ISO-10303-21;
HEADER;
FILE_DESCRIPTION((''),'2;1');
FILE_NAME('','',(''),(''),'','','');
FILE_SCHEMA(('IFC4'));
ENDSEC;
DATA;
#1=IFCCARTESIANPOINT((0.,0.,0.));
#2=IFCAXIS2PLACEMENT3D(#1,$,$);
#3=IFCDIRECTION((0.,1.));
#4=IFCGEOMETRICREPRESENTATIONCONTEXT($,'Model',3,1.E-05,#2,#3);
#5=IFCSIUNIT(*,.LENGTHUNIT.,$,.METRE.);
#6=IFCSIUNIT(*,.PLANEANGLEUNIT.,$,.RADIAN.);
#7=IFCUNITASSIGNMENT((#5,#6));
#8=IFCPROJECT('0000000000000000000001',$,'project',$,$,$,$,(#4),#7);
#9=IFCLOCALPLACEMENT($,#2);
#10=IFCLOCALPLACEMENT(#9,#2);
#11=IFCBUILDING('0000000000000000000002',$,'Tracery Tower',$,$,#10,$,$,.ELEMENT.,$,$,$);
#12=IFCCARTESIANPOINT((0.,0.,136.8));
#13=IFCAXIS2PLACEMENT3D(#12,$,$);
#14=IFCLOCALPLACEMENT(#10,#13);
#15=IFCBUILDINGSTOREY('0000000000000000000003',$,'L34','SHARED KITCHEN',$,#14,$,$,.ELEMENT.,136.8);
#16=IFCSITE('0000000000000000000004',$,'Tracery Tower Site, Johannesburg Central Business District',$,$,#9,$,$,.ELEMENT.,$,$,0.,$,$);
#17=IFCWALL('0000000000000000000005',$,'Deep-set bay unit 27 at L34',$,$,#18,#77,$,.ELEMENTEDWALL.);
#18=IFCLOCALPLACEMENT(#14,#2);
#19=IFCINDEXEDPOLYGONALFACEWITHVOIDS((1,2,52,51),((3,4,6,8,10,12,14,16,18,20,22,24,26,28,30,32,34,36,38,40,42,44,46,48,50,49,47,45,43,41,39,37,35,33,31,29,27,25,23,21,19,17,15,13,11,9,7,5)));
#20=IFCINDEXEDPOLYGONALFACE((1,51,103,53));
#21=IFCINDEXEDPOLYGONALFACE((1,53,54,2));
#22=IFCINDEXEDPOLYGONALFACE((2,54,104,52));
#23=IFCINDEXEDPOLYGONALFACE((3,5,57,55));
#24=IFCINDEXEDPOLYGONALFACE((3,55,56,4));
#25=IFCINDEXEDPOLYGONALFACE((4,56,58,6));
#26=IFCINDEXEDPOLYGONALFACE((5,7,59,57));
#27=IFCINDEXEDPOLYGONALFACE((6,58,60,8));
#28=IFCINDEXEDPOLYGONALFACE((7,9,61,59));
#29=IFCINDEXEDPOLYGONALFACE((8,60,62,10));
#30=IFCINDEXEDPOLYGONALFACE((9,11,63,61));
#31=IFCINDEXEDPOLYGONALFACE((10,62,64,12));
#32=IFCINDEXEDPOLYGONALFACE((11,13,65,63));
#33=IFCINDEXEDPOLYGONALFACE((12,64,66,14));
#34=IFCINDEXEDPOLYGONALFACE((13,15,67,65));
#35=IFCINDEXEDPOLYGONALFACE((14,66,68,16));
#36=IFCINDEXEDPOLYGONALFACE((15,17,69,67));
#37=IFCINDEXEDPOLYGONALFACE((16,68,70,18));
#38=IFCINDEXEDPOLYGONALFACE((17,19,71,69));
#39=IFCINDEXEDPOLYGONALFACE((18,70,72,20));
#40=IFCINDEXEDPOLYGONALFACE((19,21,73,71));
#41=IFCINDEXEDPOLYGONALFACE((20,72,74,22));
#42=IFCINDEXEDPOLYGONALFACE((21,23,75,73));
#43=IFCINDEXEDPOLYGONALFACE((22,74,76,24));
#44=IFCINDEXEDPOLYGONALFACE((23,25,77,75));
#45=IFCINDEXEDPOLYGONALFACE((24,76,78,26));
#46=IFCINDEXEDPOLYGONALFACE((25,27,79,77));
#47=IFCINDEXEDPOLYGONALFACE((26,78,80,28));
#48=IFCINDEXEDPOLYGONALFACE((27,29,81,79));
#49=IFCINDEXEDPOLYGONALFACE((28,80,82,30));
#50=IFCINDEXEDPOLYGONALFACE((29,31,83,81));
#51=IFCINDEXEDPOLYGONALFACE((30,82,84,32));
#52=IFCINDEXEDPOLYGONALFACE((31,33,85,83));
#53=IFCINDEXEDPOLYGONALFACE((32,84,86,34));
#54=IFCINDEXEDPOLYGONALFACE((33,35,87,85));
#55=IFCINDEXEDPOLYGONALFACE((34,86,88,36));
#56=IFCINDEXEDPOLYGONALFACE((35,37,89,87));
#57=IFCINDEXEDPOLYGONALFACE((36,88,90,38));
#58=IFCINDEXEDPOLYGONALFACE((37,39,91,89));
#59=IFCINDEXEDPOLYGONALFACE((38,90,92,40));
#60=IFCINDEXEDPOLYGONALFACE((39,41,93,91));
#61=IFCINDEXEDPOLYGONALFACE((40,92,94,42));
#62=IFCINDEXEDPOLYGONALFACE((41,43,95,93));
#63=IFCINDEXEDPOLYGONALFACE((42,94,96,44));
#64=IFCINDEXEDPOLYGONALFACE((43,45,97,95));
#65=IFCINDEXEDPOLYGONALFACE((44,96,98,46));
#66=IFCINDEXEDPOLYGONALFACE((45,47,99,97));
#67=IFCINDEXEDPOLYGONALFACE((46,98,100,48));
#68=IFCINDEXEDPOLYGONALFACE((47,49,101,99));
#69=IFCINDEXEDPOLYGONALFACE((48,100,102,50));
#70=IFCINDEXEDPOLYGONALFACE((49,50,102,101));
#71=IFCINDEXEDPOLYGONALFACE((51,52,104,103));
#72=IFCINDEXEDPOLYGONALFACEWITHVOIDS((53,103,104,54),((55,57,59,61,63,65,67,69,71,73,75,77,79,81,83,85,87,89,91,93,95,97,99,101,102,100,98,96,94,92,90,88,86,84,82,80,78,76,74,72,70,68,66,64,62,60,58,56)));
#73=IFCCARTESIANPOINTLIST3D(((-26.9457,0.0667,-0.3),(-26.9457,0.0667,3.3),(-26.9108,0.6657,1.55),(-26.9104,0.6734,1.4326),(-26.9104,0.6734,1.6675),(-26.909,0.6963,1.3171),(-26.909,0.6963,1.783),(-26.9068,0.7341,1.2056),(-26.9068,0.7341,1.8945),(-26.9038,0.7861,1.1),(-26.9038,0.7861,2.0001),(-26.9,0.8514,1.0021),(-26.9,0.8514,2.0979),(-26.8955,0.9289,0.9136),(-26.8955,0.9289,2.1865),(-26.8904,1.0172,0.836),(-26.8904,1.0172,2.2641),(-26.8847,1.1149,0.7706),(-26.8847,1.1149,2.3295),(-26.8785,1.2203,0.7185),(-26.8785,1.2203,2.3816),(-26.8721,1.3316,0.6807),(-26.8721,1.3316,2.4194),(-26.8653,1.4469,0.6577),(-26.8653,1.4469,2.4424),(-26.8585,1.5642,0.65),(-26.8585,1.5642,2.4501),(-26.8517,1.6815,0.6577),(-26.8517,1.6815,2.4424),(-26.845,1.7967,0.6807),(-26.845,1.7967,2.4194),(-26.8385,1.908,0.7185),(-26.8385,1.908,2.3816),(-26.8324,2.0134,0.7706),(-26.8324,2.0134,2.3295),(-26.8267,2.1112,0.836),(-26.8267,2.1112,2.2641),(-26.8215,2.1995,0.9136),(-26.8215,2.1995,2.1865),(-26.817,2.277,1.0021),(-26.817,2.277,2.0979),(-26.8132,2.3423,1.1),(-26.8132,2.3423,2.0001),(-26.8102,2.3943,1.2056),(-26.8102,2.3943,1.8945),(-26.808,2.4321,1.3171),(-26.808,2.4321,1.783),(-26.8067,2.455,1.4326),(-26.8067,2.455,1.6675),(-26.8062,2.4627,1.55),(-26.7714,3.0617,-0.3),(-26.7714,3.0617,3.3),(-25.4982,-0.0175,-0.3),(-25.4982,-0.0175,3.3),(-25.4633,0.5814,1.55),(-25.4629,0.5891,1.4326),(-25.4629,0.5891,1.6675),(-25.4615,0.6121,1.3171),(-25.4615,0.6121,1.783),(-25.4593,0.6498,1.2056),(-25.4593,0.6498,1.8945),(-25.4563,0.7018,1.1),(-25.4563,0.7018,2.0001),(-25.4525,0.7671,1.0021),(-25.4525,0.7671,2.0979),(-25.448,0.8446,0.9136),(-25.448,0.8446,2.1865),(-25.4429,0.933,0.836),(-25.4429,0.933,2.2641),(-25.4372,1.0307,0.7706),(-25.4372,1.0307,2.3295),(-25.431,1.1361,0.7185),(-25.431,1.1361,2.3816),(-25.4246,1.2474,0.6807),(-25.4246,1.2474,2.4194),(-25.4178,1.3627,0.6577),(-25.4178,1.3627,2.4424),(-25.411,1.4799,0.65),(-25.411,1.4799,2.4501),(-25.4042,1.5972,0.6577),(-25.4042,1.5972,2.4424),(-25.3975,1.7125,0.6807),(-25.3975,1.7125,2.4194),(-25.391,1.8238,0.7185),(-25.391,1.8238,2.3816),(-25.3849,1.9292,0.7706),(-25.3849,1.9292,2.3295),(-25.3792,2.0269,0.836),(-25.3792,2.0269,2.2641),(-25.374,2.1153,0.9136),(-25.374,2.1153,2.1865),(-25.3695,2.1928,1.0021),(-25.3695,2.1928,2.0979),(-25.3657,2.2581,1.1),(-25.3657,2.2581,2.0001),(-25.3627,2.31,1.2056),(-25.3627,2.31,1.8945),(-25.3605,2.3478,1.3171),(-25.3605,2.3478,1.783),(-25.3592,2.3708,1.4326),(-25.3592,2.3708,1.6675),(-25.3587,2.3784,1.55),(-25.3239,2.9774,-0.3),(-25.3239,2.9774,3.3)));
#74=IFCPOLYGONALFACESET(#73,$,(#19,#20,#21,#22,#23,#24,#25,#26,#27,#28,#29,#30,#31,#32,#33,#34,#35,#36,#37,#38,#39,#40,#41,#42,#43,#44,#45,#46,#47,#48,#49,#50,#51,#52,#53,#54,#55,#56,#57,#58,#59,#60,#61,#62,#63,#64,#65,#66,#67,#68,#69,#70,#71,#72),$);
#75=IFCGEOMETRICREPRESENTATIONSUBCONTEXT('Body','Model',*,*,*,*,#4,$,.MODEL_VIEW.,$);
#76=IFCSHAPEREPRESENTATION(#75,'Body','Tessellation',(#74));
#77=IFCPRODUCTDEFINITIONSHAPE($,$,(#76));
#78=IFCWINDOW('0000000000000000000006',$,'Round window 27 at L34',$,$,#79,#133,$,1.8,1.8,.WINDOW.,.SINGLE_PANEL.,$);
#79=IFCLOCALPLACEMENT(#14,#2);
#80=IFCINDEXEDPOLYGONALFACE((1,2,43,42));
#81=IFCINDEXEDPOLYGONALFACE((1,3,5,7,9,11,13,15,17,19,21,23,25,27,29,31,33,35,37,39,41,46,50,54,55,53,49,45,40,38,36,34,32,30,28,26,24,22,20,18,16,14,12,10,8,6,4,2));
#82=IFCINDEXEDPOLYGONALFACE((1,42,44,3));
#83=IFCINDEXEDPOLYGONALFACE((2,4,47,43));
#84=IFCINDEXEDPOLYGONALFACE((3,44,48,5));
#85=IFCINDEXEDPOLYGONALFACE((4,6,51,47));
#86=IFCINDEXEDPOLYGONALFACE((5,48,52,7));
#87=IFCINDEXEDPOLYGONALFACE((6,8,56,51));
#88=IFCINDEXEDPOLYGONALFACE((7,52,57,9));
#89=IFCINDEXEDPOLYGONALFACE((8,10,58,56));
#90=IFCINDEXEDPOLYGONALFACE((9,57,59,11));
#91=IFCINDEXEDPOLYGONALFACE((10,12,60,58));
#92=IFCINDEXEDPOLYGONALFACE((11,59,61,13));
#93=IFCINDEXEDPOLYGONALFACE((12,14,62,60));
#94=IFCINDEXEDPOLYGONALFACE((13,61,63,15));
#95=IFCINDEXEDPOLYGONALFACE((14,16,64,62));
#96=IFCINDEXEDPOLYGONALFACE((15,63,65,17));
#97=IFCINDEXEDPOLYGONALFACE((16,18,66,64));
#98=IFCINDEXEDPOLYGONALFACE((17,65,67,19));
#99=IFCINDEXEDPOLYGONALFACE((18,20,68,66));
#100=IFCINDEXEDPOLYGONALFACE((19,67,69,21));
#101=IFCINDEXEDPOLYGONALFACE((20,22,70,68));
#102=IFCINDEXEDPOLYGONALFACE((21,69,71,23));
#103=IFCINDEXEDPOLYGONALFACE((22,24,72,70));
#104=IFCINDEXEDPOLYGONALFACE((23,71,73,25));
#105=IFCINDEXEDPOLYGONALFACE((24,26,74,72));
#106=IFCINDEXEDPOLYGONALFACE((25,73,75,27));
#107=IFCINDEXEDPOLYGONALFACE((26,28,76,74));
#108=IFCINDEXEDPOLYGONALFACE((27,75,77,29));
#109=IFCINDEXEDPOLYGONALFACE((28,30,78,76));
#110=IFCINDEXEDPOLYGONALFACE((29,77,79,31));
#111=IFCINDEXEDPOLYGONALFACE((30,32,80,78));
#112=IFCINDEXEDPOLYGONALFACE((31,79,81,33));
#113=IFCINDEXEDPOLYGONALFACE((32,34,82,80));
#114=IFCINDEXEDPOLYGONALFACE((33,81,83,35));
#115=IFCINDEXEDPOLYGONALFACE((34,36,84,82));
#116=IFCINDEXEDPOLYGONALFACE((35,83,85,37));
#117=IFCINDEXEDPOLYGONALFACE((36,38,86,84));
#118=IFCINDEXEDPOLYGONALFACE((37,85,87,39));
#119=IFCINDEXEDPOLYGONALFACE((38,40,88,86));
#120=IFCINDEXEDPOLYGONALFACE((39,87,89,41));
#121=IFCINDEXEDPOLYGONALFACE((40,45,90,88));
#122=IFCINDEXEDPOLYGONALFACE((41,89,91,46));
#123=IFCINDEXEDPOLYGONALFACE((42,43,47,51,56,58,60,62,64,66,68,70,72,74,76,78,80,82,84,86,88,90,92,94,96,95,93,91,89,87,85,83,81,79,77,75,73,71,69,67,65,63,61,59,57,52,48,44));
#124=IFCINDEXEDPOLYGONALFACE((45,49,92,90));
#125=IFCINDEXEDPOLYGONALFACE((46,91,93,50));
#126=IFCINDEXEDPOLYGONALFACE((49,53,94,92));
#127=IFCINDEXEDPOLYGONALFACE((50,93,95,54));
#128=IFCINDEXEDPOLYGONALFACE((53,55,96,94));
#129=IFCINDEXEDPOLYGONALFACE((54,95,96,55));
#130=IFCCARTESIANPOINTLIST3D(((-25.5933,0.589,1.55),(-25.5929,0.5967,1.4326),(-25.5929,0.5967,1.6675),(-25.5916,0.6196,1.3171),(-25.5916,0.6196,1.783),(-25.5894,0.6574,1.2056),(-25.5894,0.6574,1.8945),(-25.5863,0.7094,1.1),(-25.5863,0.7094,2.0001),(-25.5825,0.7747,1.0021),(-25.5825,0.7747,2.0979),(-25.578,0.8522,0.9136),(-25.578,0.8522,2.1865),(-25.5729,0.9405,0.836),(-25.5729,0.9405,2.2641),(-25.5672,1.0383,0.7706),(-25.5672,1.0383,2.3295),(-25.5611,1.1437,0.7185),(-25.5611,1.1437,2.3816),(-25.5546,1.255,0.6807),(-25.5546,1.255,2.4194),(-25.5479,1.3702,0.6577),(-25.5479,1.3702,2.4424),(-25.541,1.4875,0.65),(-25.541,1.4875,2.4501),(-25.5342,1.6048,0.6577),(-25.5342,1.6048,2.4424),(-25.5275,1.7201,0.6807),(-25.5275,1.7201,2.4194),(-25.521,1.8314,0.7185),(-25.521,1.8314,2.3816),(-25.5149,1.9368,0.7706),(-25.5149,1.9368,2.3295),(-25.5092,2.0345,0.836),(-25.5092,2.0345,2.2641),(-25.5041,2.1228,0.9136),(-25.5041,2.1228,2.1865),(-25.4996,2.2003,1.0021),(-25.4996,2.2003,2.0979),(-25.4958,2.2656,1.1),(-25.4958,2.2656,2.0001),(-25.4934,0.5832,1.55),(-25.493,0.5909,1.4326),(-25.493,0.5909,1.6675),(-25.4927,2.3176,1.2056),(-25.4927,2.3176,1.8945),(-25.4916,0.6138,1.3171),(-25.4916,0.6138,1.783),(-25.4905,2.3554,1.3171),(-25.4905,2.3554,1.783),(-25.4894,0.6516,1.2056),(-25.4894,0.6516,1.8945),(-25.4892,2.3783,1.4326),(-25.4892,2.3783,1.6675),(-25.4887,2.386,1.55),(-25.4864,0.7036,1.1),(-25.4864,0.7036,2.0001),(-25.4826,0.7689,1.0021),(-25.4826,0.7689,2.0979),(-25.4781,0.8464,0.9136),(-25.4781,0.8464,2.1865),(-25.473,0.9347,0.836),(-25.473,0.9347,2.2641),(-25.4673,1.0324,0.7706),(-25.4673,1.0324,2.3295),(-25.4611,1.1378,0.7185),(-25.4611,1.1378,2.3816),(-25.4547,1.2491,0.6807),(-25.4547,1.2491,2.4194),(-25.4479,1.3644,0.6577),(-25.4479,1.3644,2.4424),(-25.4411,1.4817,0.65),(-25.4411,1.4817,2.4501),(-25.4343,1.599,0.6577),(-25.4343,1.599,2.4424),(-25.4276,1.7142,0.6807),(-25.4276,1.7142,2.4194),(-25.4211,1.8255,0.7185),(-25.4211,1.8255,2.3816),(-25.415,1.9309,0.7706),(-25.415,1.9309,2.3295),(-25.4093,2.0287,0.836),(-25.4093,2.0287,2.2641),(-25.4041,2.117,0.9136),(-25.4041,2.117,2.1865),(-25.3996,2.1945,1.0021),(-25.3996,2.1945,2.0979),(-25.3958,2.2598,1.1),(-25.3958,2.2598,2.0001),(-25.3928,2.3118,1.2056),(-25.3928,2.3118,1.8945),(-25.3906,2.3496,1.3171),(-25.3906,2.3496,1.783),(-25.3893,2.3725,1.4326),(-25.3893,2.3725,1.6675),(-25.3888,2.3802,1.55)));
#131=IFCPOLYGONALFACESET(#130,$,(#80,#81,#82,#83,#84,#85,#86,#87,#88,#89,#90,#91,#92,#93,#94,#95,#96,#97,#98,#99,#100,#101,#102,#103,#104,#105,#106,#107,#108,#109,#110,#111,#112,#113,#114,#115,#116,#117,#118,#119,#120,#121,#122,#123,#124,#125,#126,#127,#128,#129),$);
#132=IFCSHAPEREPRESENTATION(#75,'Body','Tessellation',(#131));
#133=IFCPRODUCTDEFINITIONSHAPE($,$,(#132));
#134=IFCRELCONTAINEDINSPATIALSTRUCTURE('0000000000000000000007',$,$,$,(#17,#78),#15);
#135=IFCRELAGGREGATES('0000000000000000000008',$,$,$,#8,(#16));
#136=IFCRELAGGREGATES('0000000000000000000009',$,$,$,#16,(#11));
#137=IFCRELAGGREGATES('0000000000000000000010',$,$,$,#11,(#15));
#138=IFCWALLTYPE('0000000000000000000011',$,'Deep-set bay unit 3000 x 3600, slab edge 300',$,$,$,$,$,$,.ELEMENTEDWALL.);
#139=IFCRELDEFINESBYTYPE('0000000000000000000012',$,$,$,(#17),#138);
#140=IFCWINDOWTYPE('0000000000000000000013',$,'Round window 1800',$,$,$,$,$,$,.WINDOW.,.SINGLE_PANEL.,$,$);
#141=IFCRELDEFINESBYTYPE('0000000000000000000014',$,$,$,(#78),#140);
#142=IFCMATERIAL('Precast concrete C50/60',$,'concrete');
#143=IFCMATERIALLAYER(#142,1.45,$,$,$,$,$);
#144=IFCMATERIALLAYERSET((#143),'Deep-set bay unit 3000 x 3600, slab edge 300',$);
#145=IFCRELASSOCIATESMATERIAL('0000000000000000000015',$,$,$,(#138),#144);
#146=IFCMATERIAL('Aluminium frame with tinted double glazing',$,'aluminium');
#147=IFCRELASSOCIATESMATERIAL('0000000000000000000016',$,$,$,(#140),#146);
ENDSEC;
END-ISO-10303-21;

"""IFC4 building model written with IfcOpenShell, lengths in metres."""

from ifc_helpers import new_model, si_unit, direction, frame, frame_2d, origin, origin_2d, place, context, subcontext, project, spatial, rectangle, circle, extrude, material, layer, layer_set, type_object, element, fill, save


model = new_model("IFC4")

# Units and contexts
model_context = context("Model", 3, precision=1e-05, world=origin(), true_north=direction((0.0, 1.0)))
body_context = subcontext(model_context, "Body", "Model", "MODEL_VIEW")
ifc_project = project(units=[si_unit("LENGTHUNIT", "METRE"), si_unit("PLANEANGLEUNIT", "RADIAN")], contexts=[model_context])

# Site, building, storey
site_placement = place(None, origin())
site = spatial("IfcSite", under=ifc_project, at=site_placement, Name="Tracery Tower Site, Johannesburg Central Business District", CompositionType="ELEMENT", RefElevation=0.0)
building_placement = place(site_placement, origin())
building = spatial("IfcBuilding", under=site, at=building_placement, Name="Tracery Tower", CompositionType="ELEMENT")
storey_placement = place(building_placement, frame((0.0, 0.0, 136.8)))
storey = spatial("IfcBuildingStorey", under=building, at=storey_placement, Name="L34", Description="SHARED KITCHEN", CompositionType="ELEMENT", Elevation=136.8)

# Wall, opening, window
ifc_material_1 = material(Name="Precast concrete C50/60", Category="concrete")
ifc_layer_1 = layer(ifc_material_1, 1.45)
ifc_layer_set_1 = layer_set([ifc_layer_1], Name="Deep-set bay unit 3000 x 3600, slab edge 300")
wall_type_1 = type_object("IfcWallType", Name="Deep-set bay unit 3000 x 3600, slab edge 300", PredefinedType="ELEMENTEDWALL", material=ifc_layer_set_1)
wall_1_placement = place(storey_placement, frame((-26.0476, 3.0195, -0.3), z_axis=(0.0, 0.0, 1.0), x_axis=(-0.058107, -0.99831, 0.0)))
wall_1 = element("IfcWall", 1, at=wall_1_placement, inside=storey, type_object=wall_type_1, Name="Deep-set bay unit 27 at L34", PredefinedType="ELEMENTEDWALL", context=body_context, shape_type="SweptSolid", body=[
    extrude(rectangle(XDim=3.0, YDim=1.45, at=frame_2d((1.5, 0.0))), origin(), (0.0, 0.0, 1.0), 3.6001),
])
opening_1_placement = place(wall_1_placement, frame((1.5, 0.0, 1.8501)))
opening_1 = element("IfcOpeningElement", 2, at=opening_1_placement, cuts=wall_1, PredefinedType="OPENING", context=body_context, shape_type="SweptSolid", body=[
    extrude(circle(Radius=0.9, at=origin_2d()), frame((0.0, 0.7349, 0.0), z_axis=(0.0, -1.0, 0.0), x_axis=(1.0, 0.0, 0.0)), (0.0, 0.0, 1.0), 1.47),
])
ifc_material_2 = material(Name="Aluminium frame with tinted double glazing", Category="aluminium")
window_type = type_object("IfcWindowType", Name="Round window 1800", PartitioningType="SINGLE_PANEL", PredefinedType="WINDOW", material=ifc_material_2)
window_1_placement = place(opening_1_placement, origin())
window_1 = element("IfcWindow", 3, at=window_1_placement, inside=storey, type_object=window_type, Name="Round window 27 at L34", OverallHeight=1.8, OverallWidth=1.8, PartitioningType="SINGLE_PANEL", PredefinedType="WINDOW", context=body_context, shape_type="SweptSolid", body=[
    extrude(circle(Radius=0.9, at=origin_2d()), frame((0.0, 0.6948, 0.0), z_axis=(0.0, -1.0, 0.0), x_axis=(1.0, 0.0, 0.0)), (0.0, 0.0, 1.0), 0.1001),
])
fill(opening_1, window_1)

save(model, "model.ifc")
